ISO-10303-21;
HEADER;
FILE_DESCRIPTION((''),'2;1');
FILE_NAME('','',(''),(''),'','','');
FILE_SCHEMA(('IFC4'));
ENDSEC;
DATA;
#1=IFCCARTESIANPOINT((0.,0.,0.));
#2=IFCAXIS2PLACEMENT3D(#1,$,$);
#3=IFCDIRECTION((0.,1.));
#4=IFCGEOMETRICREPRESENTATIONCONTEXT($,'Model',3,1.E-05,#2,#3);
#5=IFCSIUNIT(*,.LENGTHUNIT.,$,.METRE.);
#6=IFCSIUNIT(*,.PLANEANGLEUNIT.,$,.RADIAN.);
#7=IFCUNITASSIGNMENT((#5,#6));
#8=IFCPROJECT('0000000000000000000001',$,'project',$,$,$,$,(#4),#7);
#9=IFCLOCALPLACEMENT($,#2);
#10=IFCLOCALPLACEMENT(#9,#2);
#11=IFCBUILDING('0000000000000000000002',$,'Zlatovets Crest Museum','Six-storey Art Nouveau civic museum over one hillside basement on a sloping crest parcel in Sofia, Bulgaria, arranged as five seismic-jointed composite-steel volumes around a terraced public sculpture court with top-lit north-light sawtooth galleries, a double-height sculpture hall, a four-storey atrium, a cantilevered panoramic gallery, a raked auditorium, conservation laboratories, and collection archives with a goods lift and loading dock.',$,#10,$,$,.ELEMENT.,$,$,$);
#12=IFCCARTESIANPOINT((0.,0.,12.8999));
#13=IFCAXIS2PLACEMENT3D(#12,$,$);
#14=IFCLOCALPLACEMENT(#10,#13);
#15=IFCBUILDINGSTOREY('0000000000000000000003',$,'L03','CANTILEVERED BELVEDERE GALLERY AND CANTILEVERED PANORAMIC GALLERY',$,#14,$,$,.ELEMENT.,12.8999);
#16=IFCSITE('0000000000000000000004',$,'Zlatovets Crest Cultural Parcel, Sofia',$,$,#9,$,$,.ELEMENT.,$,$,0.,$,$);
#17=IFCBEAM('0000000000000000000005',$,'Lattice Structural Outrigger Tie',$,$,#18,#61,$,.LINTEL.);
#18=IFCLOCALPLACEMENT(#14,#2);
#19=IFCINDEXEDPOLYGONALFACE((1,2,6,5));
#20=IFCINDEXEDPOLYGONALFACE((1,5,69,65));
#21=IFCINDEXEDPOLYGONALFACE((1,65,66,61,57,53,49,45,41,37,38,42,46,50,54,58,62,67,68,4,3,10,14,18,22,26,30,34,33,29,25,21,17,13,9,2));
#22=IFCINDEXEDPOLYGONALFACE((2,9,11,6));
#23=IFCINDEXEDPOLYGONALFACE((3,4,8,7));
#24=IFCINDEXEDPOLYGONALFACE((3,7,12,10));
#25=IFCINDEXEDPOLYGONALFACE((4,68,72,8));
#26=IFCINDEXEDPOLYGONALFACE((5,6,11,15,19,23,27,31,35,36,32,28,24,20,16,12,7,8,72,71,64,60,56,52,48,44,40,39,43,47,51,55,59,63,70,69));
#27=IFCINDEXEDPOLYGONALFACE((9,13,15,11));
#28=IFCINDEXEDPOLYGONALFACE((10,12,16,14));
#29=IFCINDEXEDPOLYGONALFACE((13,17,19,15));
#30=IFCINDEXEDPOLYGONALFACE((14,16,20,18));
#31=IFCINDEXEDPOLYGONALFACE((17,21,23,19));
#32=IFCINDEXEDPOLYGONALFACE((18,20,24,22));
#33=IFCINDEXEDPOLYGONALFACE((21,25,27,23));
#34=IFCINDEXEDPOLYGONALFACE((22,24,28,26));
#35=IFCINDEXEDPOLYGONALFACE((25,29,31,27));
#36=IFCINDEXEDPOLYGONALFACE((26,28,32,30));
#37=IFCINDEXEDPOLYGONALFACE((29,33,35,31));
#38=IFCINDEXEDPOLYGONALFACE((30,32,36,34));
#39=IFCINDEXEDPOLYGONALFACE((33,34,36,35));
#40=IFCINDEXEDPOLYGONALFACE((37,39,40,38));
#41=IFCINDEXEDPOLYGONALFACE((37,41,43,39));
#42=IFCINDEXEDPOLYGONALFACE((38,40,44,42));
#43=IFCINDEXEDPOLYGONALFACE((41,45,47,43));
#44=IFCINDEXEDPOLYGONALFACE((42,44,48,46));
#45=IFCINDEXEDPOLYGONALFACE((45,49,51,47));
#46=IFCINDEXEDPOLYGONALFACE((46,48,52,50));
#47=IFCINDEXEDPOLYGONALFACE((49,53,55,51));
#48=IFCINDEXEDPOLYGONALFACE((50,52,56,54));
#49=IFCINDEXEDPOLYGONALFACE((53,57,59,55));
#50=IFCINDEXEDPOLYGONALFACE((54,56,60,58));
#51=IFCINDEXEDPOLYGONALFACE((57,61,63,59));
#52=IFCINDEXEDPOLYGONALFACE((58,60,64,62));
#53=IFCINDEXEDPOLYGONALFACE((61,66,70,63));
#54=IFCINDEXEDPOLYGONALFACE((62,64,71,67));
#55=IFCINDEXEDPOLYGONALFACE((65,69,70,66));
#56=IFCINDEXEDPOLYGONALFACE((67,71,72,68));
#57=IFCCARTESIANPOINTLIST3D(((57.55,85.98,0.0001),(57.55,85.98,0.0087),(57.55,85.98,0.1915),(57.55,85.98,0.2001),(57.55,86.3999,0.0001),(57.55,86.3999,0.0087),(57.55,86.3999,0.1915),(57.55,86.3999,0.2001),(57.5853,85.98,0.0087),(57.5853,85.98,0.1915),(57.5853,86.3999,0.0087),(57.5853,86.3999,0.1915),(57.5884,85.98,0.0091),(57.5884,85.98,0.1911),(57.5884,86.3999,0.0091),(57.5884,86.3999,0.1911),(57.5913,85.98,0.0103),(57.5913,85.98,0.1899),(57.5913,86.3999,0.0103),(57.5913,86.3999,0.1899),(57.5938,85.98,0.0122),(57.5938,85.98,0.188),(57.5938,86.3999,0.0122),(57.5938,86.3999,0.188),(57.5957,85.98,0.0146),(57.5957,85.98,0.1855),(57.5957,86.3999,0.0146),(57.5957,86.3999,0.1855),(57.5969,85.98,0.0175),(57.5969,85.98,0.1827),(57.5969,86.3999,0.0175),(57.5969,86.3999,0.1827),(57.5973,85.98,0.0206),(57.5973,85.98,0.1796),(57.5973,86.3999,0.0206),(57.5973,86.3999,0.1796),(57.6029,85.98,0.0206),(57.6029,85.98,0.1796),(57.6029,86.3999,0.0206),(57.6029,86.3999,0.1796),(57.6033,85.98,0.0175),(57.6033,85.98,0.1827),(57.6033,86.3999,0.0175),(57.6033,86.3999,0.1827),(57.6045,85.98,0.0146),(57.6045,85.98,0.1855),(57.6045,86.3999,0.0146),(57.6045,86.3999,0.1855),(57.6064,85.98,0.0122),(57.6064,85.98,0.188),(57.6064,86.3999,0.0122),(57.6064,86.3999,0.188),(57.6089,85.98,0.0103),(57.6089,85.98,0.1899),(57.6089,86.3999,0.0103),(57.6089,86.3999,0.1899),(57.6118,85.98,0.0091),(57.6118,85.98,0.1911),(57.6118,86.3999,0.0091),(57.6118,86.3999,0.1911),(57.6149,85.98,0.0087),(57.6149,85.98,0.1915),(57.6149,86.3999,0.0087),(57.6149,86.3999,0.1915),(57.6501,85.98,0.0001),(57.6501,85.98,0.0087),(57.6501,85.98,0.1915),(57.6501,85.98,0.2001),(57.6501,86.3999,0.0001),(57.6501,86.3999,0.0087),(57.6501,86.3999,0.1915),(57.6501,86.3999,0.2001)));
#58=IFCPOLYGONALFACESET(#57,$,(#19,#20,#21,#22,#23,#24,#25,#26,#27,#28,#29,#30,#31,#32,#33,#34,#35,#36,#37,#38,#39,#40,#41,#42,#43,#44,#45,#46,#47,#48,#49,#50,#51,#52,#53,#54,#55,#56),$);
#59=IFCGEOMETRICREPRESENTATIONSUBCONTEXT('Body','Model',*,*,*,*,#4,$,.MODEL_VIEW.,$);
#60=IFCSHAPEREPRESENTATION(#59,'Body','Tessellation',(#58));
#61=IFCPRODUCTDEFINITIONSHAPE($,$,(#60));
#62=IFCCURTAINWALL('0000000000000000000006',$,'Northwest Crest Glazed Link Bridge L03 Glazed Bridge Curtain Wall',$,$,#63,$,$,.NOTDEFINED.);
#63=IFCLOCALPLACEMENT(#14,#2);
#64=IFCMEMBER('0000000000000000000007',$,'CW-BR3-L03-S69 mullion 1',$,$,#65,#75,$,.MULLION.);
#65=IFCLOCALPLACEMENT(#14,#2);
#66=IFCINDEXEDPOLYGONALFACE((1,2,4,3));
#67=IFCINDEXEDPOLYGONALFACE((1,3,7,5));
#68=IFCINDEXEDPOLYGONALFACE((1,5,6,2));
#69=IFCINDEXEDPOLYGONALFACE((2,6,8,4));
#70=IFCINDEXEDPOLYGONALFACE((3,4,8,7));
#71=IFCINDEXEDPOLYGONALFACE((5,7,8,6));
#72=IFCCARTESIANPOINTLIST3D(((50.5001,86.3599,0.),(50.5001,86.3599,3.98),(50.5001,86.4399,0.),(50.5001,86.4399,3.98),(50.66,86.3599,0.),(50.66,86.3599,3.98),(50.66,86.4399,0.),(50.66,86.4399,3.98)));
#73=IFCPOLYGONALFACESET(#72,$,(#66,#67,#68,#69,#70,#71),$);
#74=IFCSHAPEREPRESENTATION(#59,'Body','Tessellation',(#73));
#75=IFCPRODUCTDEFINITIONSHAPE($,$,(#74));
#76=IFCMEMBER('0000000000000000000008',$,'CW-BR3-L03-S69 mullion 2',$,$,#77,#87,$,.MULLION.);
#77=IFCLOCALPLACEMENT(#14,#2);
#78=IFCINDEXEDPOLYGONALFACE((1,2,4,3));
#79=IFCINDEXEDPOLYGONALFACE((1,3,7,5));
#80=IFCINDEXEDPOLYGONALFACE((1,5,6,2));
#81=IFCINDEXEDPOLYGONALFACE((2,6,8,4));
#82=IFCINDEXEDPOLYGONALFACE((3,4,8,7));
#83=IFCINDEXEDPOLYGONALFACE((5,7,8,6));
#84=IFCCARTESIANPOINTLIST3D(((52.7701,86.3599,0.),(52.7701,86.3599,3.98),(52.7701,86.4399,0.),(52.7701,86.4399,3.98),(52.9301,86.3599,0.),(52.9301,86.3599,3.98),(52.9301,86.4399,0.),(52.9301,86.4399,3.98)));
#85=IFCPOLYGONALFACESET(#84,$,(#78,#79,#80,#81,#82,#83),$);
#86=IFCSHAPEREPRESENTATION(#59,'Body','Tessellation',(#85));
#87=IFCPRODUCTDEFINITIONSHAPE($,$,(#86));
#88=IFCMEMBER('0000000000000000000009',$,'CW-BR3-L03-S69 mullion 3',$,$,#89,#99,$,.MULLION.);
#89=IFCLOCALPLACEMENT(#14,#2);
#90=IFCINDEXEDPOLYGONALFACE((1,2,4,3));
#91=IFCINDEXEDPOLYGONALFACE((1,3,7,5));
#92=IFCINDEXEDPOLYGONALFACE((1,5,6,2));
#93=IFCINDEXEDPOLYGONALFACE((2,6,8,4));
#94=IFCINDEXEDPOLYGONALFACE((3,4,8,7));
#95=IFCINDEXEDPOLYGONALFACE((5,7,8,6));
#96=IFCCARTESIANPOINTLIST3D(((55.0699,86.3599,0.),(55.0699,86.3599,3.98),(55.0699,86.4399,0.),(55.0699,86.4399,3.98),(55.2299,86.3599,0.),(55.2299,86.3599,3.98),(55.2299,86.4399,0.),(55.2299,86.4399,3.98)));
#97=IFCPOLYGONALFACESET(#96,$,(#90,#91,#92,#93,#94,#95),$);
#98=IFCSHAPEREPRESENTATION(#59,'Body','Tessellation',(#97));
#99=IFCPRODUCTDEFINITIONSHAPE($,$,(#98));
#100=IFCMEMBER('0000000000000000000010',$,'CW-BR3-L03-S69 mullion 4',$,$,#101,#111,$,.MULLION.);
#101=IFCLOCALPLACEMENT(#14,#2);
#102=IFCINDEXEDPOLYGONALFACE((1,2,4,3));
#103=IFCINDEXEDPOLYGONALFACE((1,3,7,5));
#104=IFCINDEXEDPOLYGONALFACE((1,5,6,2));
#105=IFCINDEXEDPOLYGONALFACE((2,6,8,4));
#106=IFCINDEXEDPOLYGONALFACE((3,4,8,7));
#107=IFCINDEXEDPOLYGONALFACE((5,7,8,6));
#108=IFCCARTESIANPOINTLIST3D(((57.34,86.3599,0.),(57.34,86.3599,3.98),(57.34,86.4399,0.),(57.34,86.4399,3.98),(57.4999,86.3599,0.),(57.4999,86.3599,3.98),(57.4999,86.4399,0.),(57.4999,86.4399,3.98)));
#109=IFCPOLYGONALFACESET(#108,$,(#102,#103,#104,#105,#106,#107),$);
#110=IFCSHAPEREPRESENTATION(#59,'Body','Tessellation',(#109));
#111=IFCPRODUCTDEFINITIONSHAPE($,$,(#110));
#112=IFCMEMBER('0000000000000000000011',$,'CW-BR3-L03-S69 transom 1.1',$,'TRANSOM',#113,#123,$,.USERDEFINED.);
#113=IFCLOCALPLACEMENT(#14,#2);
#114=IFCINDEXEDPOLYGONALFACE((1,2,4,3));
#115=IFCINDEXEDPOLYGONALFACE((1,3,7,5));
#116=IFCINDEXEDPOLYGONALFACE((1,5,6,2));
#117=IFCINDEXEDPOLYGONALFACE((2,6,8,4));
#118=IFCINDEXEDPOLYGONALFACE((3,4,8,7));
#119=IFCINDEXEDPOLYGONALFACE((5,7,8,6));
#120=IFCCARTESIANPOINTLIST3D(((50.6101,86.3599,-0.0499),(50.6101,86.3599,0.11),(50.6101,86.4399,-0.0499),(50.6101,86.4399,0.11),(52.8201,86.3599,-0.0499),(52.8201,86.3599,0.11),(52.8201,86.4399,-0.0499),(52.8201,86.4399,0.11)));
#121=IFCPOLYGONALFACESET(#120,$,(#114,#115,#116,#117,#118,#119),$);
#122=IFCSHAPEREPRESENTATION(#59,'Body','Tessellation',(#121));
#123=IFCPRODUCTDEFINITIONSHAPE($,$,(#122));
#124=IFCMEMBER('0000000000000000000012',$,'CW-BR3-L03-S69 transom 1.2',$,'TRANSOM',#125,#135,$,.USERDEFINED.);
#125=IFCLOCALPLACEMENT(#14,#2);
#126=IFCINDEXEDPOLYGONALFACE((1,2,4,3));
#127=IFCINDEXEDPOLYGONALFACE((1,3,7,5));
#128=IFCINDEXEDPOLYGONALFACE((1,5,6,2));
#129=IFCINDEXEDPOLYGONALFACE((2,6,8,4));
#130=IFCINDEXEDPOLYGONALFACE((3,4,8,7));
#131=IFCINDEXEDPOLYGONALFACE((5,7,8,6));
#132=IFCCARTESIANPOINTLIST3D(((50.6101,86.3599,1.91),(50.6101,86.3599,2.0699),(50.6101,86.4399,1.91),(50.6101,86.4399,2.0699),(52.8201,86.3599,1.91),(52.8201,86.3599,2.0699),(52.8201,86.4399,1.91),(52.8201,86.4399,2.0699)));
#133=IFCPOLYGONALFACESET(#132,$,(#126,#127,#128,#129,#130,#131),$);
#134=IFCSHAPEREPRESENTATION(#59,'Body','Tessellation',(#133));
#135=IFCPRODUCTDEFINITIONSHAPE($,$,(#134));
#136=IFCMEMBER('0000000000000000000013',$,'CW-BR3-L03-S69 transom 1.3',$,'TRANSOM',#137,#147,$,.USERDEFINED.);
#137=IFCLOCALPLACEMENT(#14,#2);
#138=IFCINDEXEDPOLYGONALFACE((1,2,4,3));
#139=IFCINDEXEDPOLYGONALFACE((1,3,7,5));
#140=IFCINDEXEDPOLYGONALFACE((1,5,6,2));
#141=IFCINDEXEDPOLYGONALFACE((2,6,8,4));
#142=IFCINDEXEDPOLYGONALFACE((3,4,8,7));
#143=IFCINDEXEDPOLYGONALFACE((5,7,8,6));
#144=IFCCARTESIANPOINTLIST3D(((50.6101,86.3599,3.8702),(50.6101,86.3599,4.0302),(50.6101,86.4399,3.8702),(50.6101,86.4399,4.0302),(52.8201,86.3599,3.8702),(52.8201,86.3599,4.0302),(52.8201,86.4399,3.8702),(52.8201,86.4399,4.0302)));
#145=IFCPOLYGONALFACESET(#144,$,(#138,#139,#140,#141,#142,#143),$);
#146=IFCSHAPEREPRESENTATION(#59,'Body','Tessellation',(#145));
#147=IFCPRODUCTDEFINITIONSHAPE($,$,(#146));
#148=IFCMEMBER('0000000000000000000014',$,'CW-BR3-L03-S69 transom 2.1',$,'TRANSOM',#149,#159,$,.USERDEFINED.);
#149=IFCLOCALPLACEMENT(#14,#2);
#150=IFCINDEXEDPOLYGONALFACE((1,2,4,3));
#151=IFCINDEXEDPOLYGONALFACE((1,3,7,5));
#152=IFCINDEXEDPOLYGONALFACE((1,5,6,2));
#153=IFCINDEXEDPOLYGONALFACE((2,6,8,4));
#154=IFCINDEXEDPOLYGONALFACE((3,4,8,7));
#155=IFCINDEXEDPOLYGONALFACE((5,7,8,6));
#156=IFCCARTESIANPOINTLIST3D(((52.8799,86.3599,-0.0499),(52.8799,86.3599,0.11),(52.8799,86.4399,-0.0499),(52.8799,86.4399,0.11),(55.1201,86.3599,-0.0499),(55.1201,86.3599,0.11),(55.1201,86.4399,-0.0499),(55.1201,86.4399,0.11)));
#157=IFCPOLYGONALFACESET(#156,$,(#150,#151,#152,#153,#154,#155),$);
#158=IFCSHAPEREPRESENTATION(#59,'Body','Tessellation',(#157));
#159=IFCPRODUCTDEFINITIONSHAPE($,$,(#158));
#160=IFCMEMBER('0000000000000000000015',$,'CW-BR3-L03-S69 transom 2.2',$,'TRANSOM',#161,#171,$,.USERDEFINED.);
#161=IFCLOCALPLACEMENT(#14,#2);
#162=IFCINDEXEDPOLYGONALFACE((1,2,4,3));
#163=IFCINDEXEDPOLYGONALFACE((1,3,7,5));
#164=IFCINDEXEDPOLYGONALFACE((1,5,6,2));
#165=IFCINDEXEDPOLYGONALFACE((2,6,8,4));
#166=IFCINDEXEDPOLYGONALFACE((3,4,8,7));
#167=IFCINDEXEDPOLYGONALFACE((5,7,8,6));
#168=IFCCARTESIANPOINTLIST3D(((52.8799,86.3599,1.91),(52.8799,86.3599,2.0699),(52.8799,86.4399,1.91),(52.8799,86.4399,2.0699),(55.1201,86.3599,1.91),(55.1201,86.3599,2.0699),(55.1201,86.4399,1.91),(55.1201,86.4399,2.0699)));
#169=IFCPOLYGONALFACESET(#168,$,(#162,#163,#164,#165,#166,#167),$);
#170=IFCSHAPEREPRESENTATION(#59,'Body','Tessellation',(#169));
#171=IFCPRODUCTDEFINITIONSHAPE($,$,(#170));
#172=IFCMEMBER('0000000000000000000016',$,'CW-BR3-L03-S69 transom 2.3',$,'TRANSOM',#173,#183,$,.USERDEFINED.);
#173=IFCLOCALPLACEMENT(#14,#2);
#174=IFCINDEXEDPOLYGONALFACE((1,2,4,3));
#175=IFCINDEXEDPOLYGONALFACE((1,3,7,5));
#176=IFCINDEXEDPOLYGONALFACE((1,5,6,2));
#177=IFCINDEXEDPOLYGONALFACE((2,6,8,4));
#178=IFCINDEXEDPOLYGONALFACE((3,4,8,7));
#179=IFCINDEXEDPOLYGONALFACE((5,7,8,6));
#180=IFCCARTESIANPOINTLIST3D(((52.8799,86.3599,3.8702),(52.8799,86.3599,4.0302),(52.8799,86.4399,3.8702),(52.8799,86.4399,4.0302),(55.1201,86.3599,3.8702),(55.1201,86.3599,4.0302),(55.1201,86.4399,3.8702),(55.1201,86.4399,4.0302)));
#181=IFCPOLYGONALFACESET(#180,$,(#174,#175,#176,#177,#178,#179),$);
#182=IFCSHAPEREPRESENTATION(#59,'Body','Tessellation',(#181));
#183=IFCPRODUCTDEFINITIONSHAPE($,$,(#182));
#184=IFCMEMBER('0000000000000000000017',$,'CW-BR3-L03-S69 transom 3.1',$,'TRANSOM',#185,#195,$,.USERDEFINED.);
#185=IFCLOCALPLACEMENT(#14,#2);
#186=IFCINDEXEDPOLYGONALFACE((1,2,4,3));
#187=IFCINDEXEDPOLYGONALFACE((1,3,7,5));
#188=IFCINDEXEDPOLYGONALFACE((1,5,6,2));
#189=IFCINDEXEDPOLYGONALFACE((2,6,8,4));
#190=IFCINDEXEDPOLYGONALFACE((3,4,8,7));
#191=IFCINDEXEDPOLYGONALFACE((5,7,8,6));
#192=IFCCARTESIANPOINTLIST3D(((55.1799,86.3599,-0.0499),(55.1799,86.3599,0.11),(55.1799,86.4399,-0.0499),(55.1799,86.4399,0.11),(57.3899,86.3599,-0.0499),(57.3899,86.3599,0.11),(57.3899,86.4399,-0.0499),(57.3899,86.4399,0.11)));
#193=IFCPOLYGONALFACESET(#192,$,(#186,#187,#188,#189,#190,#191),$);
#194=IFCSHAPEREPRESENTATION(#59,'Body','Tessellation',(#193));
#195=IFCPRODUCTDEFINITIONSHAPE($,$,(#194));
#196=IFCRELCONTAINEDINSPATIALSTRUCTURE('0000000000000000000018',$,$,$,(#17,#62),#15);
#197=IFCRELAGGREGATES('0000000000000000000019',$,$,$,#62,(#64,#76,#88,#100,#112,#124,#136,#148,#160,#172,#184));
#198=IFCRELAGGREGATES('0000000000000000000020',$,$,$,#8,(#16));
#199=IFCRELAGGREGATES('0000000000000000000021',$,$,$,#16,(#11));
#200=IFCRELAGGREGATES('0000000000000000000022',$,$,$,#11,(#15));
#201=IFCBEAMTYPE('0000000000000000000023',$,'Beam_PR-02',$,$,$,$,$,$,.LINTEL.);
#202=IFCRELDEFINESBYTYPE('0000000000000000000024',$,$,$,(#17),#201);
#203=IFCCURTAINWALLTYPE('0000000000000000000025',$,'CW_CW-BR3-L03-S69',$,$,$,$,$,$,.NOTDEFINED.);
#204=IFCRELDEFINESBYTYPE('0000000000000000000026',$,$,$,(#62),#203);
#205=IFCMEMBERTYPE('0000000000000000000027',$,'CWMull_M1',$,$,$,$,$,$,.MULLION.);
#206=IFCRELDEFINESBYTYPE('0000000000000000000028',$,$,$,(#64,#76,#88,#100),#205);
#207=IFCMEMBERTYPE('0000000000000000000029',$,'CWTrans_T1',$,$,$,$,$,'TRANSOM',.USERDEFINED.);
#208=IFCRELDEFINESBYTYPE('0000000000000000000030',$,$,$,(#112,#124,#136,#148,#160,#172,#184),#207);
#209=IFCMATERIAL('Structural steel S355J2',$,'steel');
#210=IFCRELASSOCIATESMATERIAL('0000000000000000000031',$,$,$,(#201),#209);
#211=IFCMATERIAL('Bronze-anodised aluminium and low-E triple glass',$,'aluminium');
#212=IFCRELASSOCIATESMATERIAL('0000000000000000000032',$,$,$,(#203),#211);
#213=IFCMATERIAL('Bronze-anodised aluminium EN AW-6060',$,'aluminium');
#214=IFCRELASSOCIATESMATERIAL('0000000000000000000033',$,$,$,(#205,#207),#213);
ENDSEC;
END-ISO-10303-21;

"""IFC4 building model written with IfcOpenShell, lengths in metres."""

from ifc_helpers import new_model, si_unit, direction, frame, origin, origin_2d, place, context, subcontext, project, spatial, rectangle, i_section, extrude, material, material_profile, profile_set, type_object, element, aggregate, save


model = new_model("IFC4")

# Units and contexts
model_context = context("Model", 3, precision=1e-05, world=origin(), true_north=direction((0.0, 1.0)))
body_context = subcontext(model_context, "Body", "Model", "MODEL_VIEW")
ifc_project = project(units=[si_unit("LENGTHUNIT", "METRE"), si_unit("PLANEANGLEUNIT", "RADIAN")], contexts=[model_context])

# Site, building, storey
site_placement = place(None, origin())
site = spatial("IfcSite", under=ifc_project, at=site_placement, Name="Zlatovets Crest Cultural Parcel, Sofia", CompositionType="ELEMENT", RefElevation=0.0)
building_placement = place(site_placement, origin())
building = spatial("IfcBuilding", under=site, at=building_placement, Name="Zlatovets Crest Museum", Description="Six-storey Art Nouveau civic museum over one hillside basement on a sloping crest parcel in Sofia, Bulgaria, arranged as five seismic-jointed composite-steel volumes around a terraced public sculpture court with top-lit north-light sawtooth galleries, a double-height sculpture hall, a four-storey atrium, a cantilevered panoramic gallery, a raked auditorium, conservation laboratories, and collection archives with a goods lift and loading dock.", CompositionType="ELEMENT")
storey_placement = place(building_placement, frame((0.0, 0.0, 12.8999)))
storey = spatial("IfcBuildingStorey", under=building, at=storey_placement, Name="L03", Description="CANTILEVERED BELVEDERE GALLERY AND CANTILEVERED PANORAMIC GALLERY", CompositionType="ELEMENT", Elevation=12.8999)

# Shared definitions
ifc_material_1 = material(Name="Structural steel S355J2", Category="steel")

# Beam
ifc_material_profile_1 = material_profile(ifc_material_1, i_section(OverallWidth=0.1001, OverallDepth=0.2, WebThickness=0.0056, FlangeThickness=0.0085, FilletRadius=0.012, at=origin_2d()), Name="IPE 200")
ifc_profile_set_1 = profile_set([ifc_material_profile_1], Name="Structural steel S355J2")
beam_type_1 = type_object("IfcBeamType", Name="Beam_PR-02", PredefinedType="LINTEL", material=ifc_profile_set_1)
beam_1_placement = place(storey_placement, frame((57.6001, 86.3999, 0.1001), z_axis=(0.0, -1.0, 0.0), x_axis=(1.0, 0.0, 0.0)))
element("IfcBeam", 1, at=beam_1_placement, inside=storey, type_object=beam_type_1, Name="Lattice Structural Outrigger Tie", PredefinedType="LINTEL", context=body_context, shape_type="SweptSolid", body=[
    extrude(i_section(OverallWidth=0.1001, OverallDepth=0.2, WebThickness=0.0056, FlangeThickness=0.0085, FilletRadius=0.012, at=origin_2d()), origin(), (0.0, 0.0, 1.0), 0.4199),
])

# Curtain wall, members
ifc_material_2 = material(Name="Bronze-anodised aluminium and low-E triple glass", Category="aluminium")
curtain_wall_type = type_object("IfcCurtainWallType", Name="CW_CW-BR3-L03-S69", PredefinedType="NOTDEFINED", material=ifc_material_2)
curtain_wall_placement = place(storey_placement, origin())
curtain_wall = element("IfcCurtainWall", 2, at=curtain_wall_placement, inside=storey, type_object=curtain_wall_type, Name="Northwest Crest Glazed Link Bridge L03 Glazed Bridge Curtain Wall", PredefinedType="NOTDEFINED")
ifc_material_3 = material(Name="Bronze-anodised aluminium EN AW-6060", Category="aluminium")
ifc_material_profile_2 = material_profile(ifc_material_3, rectangle(XDim=0.0801, YDim=0.1599, at=origin_2d()), Name="ALU 80x160")
ifc_profile_set_2 = profile_set([ifc_material_profile_2], Name="Bronze-anodised aluminium EN AW-6060")
member_type_1 = type_object("IfcMemberType", Name="CWMull_M1", PredefinedType="MULLION", material=ifc_profile_set_2)
member_1_placement = place(storey_placement, frame((50.5801, 86.3999, 0.0), z_axis=(0.0, 0.0, 1.0), x_axis=(0.0, 1.0, 0.0)))
member_1 = element("IfcMember", 3, at=member_1_placement, type_object=member_type_1, Name="CW-BR3-L03-S69 mullion 1", PredefinedType="MULLION", context=body_context, shape_type="SweptSolid", body=[
    extrude(rectangle(XDim=0.0801, YDim=0.1599, at=origin_2d()), origin(), (0.0, 0.0, 1.0), 3.98),
])
member_2_placement = place(storey_placement, frame((52.8501, 86.3999, 0.0), z_axis=(0.0, 0.0, 1.0), x_axis=(0.0, 1.0, 0.0)))
member_2 = element("IfcMember", 4, at=member_2_placement, type_object=member_type_1, Name="CW-BR3-L03-S69 mullion 2", PredefinedType="MULLION", context=body_context, shape_type="SweptSolid", body=[
    extrude(rectangle(XDim=0.0801, YDim=0.1599, at=origin_2d()), origin(), (0.0, 0.0, 1.0), 3.98),
])
member_3_placement = place(storey_placement, frame((55.1499, 86.3999, 0.0), z_axis=(0.0, 0.0, 1.0), x_axis=(0.0, 1.0, 0.0)))
member_3 = element("IfcMember", 5, at=member_3_placement, type_object=member_type_1, Name="CW-BR3-L03-S69 mullion 3", PredefinedType="MULLION", context=body_context, shape_type="SweptSolid", body=[
    extrude(rectangle(XDim=0.0801, YDim=0.1599, at=origin_2d()), origin(), (0.0, 0.0, 1.0), 3.98),
])
member_4_placement = place(storey_placement, frame((57.4199, 86.3999, 0.0), z_axis=(0.0, 0.0, 1.0), x_axis=(0.0, 1.0, 0.0)))
member_4 = element("IfcMember", 6, at=member_4_placement, type_object=member_type_1, Name="CW-BR3-L03-S69 mullion 4", PredefinedType="MULLION", context=body_context, shape_type="SweptSolid", body=[
    extrude(rectangle(XDim=0.0801, YDim=0.1599, at=origin_2d()), origin(), (0.0, 0.0, 1.0), 3.98),
])
ifc_material_profile_3 = material_profile(ifc_material_3, rectangle(XDim=0.0801, YDim=0.1599, at=origin_2d()), Name="ALU 80x160")
ifc_profile_set_3 = profile_set([ifc_material_profile_3], Name="Bronze-anodised aluminium EN AW-6060")
member_type_2 = type_object("IfcMemberType", Name="CWTrans_T1", ElementType="TRANSOM", PredefinedType="USERDEFINED", material=ifc_profile_set_3)
member_5_placement = place(storey_placement, frame((50.6101, 86.3999, 0.03), z_axis=(1.0, 0.0, 0.0), x_axis=(0.0, 1.0, 0.0)))
member_5 = element("IfcMember", 7, at=member_5_placement, type_object=member_type_2, Name="CW-BR3-L03-S69 transom 1.1", ObjectType="TRANSOM", PredefinedType="USERDEFINED", context=body_context, shape_type="SweptSolid", body=[
    extrude(rectangle(XDim=0.0801, YDim=0.1599, at=origin_2d()), origin(), (0.0, 0.0, 1.0), 2.21),
])
member_6_placement = place(storey_placement, frame((50.6101, 86.3999, 1.99), z_axis=(1.0, 0.0, 0.0), x_axis=(0.0, 1.0, 0.0)))
member_6 = element("IfcMember", 8, at=member_6_placement, type_object=member_type_2, Name="CW-BR3-L03-S69 transom 1.2", ObjectType="TRANSOM", PredefinedType="USERDEFINED", context=body_context, shape_type="SweptSolid", body=[
    extrude(rectangle(XDim=0.0801, YDim=0.1599, at=origin_2d()), origin(), (0.0, 0.0, 1.0), 2.21),
])
member_7_placement = place(storey_placement, frame((50.6101, 86.3999, 3.9502), z_axis=(1.0, 0.0, 0.0), x_axis=(0.0, 1.0, 0.0)))
member_7 = element("IfcMember", 9, at=member_7_placement, type_object=member_type_2, Name="CW-BR3-L03-S69 transom 1.3", ObjectType="TRANSOM", PredefinedType="USERDEFINED", context=body_context, shape_type="SweptSolid", body=[
    extrude(rectangle(XDim=0.0801, YDim=0.1599, at=origin_2d()), origin(), (0.0, 0.0, 1.0), 2.21),
])
member_8_placement = place(storey_placement, frame((52.8799, 86.3999, 0.03), z_axis=(1.0, 0.0, 0.0), x_axis=(0.0, 1.0, 0.0)))
member_8 = element("IfcMember", 10, at=member_8_placement, type_object=member_type_2, Name="CW-BR3-L03-S69 transom 2.1", ObjectType="TRANSOM", PredefinedType="USERDEFINED", context=body_context, shape_type="SweptSolid", body=[
    extrude(rectangle(XDim=0.0801, YDim=0.1599, at=origin_2d()), origin(), (0.0, 0.0, 1.0), 2.2402),
])
member_9_placement = place(storey_placement, frame((52.8799, 86.3999, 1.99), z_axis=(1.0, 0.0, 0.0), x_axis=(0.0, 1.0, 0.0)))
member_9 = element("IfcMember", 11, at=member_9_placement, type_object=member_type_2, Name="CW-BR3-L03-S69 transom 2.2", ObjectType="TRANSOM", PredefinedType="USERDEFINED", context=body_context, shape_type="SweptSolid", body=[
    extrude(rectangle(XDim=0.0801, YDim=0.1599, at=origin_2d()), origin(), (0.0, 0.0, 1.0), 2.2402),
])
member_10_placement = place(storey_placement, frame((52.8799, 86.3999, 3.9502), z_axis=(1.0, 0.0, 0.0), x_axis=(0.0, 1.0, 0.0)))
member_10 = element("IfcMember", 12, at=member_10_placement, type_object=member_type_2, Name="CW-BR3-L03-S69 transom 2.3", ObjectType="TRANSOM", PredefinedType="USERDEFINED", context=body_context, shape_type="SweptSolid", body=[
    extrude(rectangle(XDim=0.0801, YDim=0.1599, at=origin_2d()), origin(), (0.0, 0.0, 1.0), 2.2402),
])
member_11_placement = place(storey_placement, frame((55.1799, 86.3999, 0.03), z_axis=(1.0, 0.0, 0.0), x_axis=(0.0, 1.0, 0.0)))
member_11 = element("IfcMember", 13, at=member_11_placement, type_object=member_type_2, Name="CW-BR3-L03-S69 transom 3.1", ObjectType="TRANSOM", PredefinedType="USERDEFINED", context=body_context, shape_type="SweptSolid", body=[
    extrude(rectangle(XDim=0.0801, YDim=0.1599, at=origin_2d()), origin(), (0.0, 0.0, 1.0), 2.21),
])
aggregate(curtain_wall, [member_1, member_2, member_3, member_4, member_5, member_6, member_7, member_8, member_9, member_10, member_11])

save(model, "model.ifc")
